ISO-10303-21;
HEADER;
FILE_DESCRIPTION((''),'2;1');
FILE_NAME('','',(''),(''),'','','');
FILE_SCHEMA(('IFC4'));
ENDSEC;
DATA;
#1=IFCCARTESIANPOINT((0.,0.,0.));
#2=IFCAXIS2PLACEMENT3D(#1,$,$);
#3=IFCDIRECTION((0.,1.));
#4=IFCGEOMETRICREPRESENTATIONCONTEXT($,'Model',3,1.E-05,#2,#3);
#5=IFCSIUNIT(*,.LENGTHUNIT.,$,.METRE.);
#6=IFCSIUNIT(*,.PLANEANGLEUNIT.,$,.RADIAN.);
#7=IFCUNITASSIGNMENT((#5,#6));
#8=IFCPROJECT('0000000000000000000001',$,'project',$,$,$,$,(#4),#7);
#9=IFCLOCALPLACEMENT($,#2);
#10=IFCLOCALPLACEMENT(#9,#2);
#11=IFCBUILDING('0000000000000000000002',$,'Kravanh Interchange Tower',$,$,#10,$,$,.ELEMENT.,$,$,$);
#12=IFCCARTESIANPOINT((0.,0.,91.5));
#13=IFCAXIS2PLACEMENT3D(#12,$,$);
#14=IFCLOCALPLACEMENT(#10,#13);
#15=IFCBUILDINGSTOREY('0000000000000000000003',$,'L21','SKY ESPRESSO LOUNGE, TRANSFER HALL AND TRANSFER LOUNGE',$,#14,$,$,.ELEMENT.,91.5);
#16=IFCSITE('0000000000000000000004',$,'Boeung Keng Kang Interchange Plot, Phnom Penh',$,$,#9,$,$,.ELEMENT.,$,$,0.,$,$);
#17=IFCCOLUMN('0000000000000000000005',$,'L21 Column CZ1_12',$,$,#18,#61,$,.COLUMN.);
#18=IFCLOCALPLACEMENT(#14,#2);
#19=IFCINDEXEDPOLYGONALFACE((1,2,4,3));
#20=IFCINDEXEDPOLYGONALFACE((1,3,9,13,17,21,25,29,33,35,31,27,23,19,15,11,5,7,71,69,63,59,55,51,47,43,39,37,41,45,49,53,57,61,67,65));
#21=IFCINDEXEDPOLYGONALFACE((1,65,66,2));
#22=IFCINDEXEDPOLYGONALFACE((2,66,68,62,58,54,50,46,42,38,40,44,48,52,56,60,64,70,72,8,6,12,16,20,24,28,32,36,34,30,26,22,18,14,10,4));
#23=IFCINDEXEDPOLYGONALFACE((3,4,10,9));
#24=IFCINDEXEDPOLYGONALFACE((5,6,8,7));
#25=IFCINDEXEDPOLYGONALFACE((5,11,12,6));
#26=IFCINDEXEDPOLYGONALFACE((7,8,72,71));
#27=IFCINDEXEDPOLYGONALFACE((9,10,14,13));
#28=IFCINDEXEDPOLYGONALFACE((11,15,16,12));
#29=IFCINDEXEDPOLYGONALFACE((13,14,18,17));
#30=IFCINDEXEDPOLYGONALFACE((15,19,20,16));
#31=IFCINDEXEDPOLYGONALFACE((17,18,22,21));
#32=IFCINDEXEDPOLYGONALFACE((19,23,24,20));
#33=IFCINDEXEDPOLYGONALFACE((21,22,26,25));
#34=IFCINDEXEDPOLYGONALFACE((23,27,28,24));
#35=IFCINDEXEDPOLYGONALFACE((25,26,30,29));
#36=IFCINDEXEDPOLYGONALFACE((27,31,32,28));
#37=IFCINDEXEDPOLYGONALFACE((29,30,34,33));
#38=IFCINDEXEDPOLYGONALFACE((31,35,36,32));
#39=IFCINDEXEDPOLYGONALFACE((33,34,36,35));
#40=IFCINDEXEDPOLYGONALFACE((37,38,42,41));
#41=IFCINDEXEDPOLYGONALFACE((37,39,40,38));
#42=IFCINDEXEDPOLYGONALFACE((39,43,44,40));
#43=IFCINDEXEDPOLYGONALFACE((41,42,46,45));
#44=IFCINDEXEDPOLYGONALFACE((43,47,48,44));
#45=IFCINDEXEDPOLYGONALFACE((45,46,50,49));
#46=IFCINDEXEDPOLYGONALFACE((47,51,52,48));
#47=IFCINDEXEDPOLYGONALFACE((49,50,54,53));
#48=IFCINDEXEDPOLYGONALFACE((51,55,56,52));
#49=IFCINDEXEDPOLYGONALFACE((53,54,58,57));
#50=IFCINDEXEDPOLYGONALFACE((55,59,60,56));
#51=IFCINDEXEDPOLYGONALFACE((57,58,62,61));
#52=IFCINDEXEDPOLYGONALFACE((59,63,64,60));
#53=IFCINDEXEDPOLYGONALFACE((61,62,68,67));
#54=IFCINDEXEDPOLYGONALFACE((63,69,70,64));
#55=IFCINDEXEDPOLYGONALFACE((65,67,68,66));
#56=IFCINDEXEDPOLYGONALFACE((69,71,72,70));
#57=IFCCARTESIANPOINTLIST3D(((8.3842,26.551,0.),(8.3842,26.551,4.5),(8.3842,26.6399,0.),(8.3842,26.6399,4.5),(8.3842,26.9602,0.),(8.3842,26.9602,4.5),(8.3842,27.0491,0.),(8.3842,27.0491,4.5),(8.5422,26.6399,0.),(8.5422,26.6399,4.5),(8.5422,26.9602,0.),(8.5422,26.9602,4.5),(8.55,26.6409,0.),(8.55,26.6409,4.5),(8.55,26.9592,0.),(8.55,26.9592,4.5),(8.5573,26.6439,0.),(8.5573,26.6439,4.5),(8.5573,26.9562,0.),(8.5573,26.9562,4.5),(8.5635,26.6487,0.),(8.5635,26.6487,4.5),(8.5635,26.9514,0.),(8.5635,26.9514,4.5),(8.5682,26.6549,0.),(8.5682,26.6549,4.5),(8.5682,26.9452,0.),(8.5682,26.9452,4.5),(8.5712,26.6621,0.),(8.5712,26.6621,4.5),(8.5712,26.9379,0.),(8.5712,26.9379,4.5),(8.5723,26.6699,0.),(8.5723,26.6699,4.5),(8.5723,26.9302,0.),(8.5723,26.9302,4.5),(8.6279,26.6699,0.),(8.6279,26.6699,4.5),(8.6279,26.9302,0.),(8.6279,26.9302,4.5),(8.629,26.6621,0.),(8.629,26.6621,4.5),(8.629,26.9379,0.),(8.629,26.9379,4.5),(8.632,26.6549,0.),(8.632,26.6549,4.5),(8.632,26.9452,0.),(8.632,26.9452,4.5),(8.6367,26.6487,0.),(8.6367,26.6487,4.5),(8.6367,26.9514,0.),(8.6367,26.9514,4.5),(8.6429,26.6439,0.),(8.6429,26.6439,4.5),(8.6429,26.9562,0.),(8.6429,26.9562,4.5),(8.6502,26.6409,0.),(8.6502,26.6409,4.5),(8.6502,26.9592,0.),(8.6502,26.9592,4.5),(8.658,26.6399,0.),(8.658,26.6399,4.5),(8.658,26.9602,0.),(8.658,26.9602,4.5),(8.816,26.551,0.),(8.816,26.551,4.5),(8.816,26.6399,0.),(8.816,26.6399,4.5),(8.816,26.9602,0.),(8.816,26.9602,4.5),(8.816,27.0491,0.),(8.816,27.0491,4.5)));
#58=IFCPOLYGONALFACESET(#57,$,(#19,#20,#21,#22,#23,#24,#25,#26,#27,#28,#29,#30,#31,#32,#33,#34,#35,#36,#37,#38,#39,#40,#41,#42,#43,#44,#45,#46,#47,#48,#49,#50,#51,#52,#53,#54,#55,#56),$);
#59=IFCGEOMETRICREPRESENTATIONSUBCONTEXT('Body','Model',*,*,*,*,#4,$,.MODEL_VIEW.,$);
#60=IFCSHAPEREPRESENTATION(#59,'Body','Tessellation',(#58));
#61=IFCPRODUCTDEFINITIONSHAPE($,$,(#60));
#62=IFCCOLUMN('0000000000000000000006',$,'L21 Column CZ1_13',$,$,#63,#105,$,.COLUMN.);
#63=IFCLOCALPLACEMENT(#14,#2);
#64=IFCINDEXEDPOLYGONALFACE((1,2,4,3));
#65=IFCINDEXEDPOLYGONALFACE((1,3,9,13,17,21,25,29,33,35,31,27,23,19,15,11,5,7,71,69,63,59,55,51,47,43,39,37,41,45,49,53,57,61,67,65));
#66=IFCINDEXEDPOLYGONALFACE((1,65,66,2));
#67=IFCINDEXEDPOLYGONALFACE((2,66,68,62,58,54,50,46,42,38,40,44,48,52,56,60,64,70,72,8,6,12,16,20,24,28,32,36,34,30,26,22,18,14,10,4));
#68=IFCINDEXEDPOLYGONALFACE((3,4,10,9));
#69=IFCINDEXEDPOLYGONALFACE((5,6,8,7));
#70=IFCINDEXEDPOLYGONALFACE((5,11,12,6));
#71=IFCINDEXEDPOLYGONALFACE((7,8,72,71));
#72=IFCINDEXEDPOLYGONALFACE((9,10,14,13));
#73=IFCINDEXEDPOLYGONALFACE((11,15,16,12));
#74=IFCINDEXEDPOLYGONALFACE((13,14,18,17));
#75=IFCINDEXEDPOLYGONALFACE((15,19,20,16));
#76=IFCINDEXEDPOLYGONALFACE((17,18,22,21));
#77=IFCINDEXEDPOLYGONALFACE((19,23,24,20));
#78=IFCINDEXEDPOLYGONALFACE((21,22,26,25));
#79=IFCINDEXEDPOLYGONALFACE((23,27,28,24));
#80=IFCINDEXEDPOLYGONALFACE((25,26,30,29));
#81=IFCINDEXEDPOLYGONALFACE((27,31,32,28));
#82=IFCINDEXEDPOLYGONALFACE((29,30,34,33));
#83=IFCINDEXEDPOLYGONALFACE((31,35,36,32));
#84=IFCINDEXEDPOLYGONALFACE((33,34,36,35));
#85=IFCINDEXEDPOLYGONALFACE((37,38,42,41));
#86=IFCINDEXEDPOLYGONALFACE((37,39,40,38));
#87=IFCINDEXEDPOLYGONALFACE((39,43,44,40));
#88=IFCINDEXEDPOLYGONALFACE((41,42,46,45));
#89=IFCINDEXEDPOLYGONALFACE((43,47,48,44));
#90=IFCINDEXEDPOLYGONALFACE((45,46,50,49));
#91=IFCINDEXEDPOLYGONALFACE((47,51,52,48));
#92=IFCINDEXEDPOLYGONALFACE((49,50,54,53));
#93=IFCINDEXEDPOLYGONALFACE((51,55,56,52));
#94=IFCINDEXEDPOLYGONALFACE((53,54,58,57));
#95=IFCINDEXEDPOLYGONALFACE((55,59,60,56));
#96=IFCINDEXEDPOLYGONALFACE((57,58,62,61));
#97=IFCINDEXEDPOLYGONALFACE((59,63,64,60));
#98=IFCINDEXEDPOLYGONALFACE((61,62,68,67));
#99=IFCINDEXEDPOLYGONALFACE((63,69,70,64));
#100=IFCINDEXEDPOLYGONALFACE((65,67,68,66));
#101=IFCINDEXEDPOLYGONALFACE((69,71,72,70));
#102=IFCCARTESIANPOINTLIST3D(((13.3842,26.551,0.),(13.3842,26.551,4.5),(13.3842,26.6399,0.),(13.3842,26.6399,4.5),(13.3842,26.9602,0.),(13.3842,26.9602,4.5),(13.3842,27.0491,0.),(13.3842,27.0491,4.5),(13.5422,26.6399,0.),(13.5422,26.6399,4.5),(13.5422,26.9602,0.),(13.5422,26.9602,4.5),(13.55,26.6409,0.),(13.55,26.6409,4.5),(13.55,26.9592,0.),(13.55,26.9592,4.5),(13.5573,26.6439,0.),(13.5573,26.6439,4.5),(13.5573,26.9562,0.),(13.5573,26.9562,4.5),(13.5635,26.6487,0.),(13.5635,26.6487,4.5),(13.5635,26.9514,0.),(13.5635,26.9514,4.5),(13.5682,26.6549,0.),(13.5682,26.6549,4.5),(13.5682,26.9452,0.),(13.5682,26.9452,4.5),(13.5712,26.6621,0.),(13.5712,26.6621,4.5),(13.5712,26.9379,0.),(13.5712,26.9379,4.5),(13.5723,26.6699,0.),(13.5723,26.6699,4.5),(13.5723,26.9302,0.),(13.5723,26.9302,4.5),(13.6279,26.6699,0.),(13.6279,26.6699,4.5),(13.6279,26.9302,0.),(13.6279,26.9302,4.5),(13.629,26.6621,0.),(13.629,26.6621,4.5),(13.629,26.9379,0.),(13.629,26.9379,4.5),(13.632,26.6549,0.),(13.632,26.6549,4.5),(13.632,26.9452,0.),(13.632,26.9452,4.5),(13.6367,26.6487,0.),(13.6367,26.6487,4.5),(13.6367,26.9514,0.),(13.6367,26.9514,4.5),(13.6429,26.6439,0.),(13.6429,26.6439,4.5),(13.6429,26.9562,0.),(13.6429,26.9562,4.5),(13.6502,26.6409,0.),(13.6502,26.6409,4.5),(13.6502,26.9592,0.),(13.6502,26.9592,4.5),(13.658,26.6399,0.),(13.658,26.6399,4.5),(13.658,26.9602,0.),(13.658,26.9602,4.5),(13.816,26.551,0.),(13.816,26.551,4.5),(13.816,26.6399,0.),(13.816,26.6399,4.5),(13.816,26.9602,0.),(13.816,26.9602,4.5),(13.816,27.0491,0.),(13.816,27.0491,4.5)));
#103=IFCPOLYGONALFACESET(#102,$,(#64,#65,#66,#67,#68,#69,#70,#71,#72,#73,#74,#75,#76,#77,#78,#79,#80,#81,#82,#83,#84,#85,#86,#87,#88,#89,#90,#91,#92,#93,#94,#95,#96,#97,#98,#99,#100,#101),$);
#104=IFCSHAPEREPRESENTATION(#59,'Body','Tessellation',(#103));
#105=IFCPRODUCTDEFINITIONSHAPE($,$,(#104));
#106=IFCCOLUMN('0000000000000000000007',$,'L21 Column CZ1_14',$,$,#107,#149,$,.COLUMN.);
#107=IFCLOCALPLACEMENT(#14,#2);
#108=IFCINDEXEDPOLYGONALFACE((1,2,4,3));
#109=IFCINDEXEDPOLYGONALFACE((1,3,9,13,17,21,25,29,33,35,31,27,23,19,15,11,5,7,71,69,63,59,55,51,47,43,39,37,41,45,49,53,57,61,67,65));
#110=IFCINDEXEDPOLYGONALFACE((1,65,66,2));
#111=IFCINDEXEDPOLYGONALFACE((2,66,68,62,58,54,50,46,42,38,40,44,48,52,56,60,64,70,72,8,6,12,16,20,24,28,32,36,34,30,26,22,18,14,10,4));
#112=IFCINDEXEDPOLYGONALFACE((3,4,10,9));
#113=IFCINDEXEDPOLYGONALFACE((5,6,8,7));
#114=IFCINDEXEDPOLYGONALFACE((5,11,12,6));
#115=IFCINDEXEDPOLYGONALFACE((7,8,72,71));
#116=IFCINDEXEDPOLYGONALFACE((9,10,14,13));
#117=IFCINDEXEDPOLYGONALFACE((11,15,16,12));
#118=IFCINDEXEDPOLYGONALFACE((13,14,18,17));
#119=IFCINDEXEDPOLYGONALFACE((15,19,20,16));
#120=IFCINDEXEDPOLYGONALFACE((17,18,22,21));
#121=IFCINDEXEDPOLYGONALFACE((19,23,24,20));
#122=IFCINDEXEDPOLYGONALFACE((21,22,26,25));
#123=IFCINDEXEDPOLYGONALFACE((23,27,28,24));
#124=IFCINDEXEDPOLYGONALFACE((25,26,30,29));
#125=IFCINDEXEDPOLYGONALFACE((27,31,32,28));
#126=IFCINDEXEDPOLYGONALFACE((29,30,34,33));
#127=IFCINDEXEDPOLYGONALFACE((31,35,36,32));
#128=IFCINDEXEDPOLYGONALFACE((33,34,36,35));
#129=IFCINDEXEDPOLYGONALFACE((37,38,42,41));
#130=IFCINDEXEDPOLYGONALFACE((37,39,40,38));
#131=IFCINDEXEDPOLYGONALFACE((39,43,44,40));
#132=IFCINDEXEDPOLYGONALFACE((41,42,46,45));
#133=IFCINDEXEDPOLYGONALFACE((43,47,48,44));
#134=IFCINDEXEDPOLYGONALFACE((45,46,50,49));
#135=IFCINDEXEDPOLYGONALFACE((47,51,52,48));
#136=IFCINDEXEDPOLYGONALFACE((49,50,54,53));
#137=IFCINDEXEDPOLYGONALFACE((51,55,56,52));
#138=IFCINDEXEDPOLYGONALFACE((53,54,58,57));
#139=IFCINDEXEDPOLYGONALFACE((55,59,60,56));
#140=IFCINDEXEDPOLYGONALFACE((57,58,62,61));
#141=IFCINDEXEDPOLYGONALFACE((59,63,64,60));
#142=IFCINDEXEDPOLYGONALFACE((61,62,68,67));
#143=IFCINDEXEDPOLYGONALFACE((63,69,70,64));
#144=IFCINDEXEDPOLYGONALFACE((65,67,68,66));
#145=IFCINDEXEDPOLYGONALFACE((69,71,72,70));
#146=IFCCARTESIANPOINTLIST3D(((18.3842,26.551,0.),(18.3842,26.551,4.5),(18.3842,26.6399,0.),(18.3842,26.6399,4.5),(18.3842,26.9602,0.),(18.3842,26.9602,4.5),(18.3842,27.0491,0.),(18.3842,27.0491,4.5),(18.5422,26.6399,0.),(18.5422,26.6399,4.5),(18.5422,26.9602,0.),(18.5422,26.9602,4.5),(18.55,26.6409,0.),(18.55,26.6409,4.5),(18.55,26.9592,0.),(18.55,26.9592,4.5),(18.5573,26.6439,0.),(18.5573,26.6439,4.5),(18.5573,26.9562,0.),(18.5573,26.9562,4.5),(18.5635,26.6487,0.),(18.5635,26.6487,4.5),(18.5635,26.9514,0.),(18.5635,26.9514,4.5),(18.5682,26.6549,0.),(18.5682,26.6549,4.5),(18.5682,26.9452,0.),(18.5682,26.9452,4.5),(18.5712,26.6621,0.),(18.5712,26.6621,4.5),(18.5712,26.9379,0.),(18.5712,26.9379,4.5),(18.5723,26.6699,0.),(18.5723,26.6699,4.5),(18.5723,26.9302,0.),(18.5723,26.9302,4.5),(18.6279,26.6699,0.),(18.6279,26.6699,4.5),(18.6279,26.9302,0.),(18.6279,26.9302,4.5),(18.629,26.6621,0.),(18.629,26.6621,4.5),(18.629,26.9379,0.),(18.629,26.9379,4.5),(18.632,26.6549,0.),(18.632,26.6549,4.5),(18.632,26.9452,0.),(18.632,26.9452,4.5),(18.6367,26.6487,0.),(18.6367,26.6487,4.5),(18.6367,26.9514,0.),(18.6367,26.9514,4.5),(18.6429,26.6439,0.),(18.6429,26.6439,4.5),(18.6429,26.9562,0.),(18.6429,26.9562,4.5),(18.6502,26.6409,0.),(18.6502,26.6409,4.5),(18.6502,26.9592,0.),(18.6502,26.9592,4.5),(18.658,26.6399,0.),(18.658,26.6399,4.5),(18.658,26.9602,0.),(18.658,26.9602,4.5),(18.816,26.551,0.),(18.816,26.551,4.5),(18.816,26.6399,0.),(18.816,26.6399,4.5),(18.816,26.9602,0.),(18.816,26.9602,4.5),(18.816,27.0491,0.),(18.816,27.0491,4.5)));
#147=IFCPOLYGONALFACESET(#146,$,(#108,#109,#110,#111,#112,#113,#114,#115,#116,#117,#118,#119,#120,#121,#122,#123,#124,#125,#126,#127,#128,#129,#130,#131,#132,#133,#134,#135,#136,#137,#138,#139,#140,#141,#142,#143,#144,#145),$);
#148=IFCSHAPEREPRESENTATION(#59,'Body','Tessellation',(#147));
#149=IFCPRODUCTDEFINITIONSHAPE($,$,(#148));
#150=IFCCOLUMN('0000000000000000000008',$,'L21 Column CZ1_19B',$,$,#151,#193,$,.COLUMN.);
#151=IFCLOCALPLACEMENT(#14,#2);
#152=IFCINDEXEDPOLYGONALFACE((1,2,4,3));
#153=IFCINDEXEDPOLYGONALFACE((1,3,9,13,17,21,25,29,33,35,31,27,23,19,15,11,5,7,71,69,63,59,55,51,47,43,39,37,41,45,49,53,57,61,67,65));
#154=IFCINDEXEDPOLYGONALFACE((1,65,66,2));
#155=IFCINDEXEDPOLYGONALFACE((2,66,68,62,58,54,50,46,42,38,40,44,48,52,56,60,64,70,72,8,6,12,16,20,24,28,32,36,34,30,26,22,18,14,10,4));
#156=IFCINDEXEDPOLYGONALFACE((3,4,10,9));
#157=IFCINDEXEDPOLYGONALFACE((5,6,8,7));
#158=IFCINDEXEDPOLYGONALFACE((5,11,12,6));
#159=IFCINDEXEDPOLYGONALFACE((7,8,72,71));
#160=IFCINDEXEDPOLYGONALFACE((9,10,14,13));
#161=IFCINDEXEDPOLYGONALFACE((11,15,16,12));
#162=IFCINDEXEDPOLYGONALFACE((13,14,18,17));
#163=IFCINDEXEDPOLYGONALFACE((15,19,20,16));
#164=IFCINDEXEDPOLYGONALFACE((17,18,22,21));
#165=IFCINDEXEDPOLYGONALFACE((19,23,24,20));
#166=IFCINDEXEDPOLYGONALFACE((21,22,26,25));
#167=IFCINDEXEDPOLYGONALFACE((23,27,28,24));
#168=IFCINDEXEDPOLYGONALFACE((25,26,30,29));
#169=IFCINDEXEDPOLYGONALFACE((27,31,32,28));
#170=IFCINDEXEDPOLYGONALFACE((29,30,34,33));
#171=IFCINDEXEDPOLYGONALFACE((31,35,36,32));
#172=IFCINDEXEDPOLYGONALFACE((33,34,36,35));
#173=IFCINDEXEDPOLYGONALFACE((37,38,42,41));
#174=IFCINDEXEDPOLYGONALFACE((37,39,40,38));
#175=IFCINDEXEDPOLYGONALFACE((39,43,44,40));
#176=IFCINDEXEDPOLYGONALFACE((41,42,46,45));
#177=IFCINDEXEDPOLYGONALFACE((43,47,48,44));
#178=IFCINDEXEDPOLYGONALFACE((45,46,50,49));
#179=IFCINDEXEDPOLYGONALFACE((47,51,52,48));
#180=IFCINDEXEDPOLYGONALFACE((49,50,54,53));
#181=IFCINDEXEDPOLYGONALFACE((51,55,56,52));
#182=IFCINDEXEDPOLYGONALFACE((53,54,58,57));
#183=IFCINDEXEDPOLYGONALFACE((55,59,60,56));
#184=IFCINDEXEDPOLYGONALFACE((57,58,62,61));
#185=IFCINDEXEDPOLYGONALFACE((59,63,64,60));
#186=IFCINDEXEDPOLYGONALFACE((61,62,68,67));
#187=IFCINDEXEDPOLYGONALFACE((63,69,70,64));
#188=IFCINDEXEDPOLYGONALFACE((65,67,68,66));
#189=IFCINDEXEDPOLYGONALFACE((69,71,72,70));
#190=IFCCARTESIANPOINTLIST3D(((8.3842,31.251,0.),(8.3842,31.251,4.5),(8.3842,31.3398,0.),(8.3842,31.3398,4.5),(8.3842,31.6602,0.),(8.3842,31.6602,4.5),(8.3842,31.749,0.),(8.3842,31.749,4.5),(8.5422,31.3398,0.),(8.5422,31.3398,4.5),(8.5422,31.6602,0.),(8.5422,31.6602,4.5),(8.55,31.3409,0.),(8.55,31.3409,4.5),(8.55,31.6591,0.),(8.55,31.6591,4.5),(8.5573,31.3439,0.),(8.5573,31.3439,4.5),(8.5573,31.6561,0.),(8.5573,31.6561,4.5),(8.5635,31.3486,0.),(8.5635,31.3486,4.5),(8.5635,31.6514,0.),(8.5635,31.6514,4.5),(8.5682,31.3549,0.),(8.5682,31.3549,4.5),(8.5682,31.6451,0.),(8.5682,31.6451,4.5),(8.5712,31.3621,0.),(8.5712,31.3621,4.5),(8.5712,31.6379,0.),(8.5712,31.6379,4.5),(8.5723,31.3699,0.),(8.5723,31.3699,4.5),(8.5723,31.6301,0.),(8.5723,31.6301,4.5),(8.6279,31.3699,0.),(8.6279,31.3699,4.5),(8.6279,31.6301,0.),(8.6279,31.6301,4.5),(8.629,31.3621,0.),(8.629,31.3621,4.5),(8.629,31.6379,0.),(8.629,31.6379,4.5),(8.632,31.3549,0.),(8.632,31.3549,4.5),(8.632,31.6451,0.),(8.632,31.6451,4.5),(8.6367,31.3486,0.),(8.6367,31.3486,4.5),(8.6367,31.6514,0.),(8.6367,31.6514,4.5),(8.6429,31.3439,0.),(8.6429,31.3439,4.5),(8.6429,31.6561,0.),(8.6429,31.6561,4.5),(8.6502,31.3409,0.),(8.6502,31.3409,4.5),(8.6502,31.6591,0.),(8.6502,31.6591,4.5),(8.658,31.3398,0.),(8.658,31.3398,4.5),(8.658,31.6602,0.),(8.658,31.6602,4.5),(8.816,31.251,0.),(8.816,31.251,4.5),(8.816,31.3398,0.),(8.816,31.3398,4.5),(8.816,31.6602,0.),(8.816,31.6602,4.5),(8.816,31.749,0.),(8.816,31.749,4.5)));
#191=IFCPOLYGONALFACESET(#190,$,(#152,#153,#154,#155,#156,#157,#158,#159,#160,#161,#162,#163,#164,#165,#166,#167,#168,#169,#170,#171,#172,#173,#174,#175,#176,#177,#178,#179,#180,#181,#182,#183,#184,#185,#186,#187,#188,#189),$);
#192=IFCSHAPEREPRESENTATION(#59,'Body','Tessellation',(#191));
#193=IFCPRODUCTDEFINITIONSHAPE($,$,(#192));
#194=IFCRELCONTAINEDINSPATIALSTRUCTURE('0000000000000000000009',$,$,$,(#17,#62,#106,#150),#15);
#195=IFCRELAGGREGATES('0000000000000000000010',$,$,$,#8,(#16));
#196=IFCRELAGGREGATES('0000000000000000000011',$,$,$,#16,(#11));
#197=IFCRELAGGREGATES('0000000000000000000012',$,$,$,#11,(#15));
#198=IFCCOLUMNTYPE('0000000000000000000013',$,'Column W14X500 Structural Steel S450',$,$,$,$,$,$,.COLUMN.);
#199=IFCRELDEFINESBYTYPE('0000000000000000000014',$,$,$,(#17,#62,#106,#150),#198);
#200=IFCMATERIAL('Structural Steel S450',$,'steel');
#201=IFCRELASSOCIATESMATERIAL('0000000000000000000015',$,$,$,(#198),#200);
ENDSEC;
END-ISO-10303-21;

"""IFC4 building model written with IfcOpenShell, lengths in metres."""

from ifc_helpers import new_model, si_unit, direction, frame, origin, origin_2d, place, context, subcontext, project, spatial, i_section, extrude, material, material_profile, profile_set, type_object, element, save


model = new_model("IFC4")

# Units and contexts
model_context = context("Model", 3, precision=1e-05, world=origin(), true_north=direction((0.0, 1.0)))
body_context = subcontext(model_context, "Body", "Model", "MODEL_VIEW")
ifc_project = project(units=[si_unit("LENGTHUNIT", "METRE"), si_unit("PLANEANGLEUNIT", "RADIAN")], contexts=[model_context])

# Site, building, storey
site_placement = place(None, origin())
site = spatial("IfcSite", under=ifc_project, at=site_placement, Name="Boeung Keng Kang Interchange Plot, Phnom Penh", CompositionType="ELEMENT", RefElevation=0.0)
building_placement = place(site_placement, origin())
building = spatial("IfcBuilding", under=site, at=building_placement, Name="Kravanh Interchange Tower", CompositionType="ELEMENT")
storey_placement = place(building_placement, frame((0.0, 0.0, 91.5)))
storey = spatial("IfcBuildingStorey", under=building, at=storey_placement, Name="L21", Description="SKY ESPRESSO LOUNGE, TRANSFER HALL AND TRANSFER LOUNGE", CompositionType="ELEMENT", Elevation=91.5)

# Columns
ifc_material_1 = material(Name="Structural Steel S450", Category="steel")
ifc_material_profile_1 = material_profile(ifc_material_1, i_section(OverallWidth=0.4319, OverallDepth=0.498, WebThickness=0.0557, FlangeThickness=0.0889, FilletRadius=0.03, at=origin_2d()), Name="W14X500")
ifc_profile_set_1 = profile_set([ifc_material_profile_1], Name="Structural Steel S450")
column_type = type_object("IfcColumnType", Name="Column W14X500 Structural Steel S450", PredefinedType="COLUMN", material=ifc_profile_set_1)
for number, where, z_axis, x_axis, name in (
    (1, (8.6001, 26.8, 0.0), (0.0, 0.0, 1.0), (1.0, 0.0, 0.0), "L21 Column CZ1_12"),
    (2, (13.6001, 26.8, 0.0), (0.0, 0.0, 1.0), (1.0, 0.0, 0.0), "L21 Column CZ1_13"),
    (3, (18.6001, 26.8, 0.0), (0.0, 0.0, 1.0), (1.0, 0.0, 0.0), "L21 Column CZ1_14"),
    (4, (8.6001, 31.5, 0.0), (0.0, 0.0, 1.0), (1.0, 0.0, 0.0), "L21 Column CZ1_19B"),
):
    element("IfcColumn", number, at=place(storey_placement, frame(where, z_axis=z_axis, x_axis=x_axis)), inside=storey, type_object=column_type, Name=name, PredefinedType="COLUMN", context=body_context, shape_type="SweptSolid", body=[
        extrude(i_section(OverallWidth=0.4319, OverallDepth=0.498, WebThickness=0.0557, FlangeThickness=0.0889, FilletRadius=0.03, at=origin_2d()), origin(), (0.0, 0.0, 1.0), 4.5),
    ])

save(model, "model.ifc")
